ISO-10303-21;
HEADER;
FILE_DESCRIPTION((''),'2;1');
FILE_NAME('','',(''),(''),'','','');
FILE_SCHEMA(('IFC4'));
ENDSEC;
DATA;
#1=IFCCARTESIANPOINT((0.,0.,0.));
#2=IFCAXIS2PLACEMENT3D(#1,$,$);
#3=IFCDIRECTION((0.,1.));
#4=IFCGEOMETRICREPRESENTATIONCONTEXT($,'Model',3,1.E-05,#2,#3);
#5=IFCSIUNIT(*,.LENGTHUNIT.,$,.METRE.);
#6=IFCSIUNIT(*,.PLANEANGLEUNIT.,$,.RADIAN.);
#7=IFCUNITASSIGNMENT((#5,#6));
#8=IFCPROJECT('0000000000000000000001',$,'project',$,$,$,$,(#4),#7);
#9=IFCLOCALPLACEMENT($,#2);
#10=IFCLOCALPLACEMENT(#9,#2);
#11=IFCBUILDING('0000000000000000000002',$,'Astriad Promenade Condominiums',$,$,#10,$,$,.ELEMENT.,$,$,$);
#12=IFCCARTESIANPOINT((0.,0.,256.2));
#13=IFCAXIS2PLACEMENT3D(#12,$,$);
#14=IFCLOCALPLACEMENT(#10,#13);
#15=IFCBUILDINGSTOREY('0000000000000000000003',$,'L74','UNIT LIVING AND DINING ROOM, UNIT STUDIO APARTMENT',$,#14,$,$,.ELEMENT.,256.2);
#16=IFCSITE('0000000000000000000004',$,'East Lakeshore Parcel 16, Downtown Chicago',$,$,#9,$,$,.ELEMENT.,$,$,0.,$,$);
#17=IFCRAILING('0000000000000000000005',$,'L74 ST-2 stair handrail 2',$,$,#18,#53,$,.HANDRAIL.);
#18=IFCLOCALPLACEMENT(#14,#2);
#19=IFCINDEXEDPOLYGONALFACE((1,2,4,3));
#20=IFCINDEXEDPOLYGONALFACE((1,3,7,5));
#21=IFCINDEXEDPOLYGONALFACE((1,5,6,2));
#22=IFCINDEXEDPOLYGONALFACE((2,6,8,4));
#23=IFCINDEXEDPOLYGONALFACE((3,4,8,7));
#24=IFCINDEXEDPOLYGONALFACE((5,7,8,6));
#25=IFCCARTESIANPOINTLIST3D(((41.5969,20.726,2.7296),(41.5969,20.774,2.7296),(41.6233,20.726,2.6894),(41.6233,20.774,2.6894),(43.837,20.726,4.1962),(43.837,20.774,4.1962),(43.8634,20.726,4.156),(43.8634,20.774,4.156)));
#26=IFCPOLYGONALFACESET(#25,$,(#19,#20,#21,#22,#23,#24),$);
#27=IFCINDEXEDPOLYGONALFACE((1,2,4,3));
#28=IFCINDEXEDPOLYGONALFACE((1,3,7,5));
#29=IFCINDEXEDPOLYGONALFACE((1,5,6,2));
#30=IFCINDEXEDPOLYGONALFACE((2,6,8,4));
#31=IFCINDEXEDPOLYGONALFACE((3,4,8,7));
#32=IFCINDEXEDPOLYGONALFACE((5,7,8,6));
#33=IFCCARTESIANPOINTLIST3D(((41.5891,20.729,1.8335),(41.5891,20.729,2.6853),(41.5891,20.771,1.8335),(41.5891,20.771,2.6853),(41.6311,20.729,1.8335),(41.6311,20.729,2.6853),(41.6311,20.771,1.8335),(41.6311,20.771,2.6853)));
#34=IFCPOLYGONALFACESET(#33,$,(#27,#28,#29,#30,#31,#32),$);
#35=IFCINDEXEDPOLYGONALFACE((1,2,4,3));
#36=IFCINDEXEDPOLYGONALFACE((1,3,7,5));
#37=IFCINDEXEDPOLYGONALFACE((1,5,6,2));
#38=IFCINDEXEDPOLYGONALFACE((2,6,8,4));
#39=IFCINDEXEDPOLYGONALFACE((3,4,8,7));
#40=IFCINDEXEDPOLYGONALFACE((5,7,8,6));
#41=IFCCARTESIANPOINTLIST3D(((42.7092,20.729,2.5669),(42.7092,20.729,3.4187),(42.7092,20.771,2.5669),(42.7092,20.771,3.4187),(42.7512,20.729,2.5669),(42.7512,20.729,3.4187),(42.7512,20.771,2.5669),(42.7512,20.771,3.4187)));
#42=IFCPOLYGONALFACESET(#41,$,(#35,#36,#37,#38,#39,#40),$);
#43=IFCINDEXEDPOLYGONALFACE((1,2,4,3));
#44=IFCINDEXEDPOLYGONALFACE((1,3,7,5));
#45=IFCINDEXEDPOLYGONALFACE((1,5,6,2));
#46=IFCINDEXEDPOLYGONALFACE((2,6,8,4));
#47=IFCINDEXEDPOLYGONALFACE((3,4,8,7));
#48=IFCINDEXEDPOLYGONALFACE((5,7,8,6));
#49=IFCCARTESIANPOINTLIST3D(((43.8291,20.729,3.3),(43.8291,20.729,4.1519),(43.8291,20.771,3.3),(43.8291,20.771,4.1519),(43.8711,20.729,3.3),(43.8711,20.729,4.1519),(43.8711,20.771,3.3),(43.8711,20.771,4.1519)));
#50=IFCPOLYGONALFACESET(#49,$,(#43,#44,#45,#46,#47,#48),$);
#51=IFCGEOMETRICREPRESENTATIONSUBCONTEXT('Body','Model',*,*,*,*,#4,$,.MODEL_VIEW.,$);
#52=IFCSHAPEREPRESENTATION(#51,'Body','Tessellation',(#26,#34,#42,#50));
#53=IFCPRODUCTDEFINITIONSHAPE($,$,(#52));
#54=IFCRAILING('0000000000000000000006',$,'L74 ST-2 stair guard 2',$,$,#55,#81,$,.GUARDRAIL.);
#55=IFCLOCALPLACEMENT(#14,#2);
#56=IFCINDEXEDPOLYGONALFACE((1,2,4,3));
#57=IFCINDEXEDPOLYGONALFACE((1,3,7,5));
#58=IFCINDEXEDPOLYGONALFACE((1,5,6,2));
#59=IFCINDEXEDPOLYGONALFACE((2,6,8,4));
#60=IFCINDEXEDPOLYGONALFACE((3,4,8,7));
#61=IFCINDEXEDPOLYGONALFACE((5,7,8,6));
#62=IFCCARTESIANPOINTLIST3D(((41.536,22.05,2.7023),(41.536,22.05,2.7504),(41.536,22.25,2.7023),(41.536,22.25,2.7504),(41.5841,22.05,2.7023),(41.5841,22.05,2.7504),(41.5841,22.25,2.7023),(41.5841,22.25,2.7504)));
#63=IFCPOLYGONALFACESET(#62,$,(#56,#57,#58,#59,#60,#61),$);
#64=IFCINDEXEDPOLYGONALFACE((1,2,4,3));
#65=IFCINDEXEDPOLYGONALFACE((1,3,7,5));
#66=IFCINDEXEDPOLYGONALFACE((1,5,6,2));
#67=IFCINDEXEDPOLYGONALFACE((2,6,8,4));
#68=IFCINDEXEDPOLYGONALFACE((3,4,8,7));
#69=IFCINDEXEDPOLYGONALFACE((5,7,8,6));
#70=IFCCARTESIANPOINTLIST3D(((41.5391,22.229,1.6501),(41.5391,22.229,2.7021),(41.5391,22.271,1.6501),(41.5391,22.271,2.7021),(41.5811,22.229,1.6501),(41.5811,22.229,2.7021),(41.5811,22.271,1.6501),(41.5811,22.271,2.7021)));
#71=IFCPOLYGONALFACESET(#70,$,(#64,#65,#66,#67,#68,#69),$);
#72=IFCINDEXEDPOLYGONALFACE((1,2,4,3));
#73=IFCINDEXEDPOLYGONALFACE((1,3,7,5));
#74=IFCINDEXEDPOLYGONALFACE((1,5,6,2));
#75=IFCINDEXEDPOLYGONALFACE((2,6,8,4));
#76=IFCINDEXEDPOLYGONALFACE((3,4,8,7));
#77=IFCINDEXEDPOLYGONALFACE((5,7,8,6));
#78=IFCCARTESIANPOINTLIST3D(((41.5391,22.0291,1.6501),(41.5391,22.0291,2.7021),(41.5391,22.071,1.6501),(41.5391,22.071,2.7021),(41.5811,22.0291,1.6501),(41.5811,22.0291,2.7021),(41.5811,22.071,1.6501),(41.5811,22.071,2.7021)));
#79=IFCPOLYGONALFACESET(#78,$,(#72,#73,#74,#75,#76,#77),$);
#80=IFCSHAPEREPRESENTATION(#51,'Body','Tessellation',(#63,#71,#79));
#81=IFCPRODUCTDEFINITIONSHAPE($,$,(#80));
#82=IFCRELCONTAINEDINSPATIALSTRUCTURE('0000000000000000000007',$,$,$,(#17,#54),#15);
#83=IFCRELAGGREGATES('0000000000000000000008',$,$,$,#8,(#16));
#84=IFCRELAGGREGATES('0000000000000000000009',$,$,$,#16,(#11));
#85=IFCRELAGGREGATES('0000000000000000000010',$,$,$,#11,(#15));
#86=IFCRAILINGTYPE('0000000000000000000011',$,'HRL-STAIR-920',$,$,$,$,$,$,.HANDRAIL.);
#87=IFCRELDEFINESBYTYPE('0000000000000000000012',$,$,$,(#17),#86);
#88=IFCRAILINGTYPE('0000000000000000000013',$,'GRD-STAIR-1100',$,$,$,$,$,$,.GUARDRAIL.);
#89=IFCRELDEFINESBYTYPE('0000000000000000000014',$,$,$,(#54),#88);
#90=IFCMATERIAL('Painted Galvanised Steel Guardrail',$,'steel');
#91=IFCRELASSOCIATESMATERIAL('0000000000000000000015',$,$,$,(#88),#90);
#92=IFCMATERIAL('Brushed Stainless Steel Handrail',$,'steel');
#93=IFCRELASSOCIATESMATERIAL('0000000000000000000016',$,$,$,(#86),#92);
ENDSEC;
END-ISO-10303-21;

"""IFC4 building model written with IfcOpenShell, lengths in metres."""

from ifc_helpers import new_model, si_unit, direction, frame, origin, origin_2d, place, context, subcontext, project, spatial, rectangle, extrude, source, transform, mapped, material, type_object, type_shapes, element, save


model = new_model("IFC4")

# Units and contexts
model_context = context("Model", 3, precision=1e-05, world=origin(), true_north=direction((0.0, 1.0)))
body_context = subcontext(model_context, "Body", "Model", "MODEL_VIEW")
ifc_project = project(units=[si_unit("LENGTHUNIT", "METRE"), si_unit("PLANEANGLEUNIT", "RADIAN")], contexts=[model_context])

# Site, building, storey
site_placement = place(None, origin())
site = spatial("IfcSite", under=ifc_project, at=site_placement, Name="East Lakeshore Parcel 16, Downtown Chicago", CompositionType="ELEMENT", RefElevation=0.0)
building_placement = place(site_placement, origin())
building = spatial("IfcBuilding", under=site, at=building_placement, Name="Astriad Promenade Condominiums", CompositionType="ELEMENT")
storey_placement = place(building_placement, frame((0.0, 0.0, 256.2)))
storey = spatial("IfcBuildingStorey", under=building, at=storey_placement, Name="L74", Description="UNIT LIVING AND DINING ROOM, UNIT STUDIO APARTMENT", CompositionType="ELEMENT", Elevation=256.2)

# Railings
ifc_material_1 = material(Name="Painted Galvanised Steel Guardrail", Category="steel")
railing_type_1 = type_object("IfcRailingType", Name="GRD-STAIR-1100", PredefinedType="GUARDRAIL", material=ifc_material_1)
ifc_material_2 = material(Name="Brushed Stainless Steel Handrail", Category="steel")
railing_type_2 = type_object("IfcRailingType", Name="HRL-STAIR-920", PredefinedType="HANDRAIL", material=ifc_material_2)
shared_shape_1 = source(origin(), body_context, "Body", "SweptSolid", [
    extrude(rectangle(XDim=0.0481, YDim=0.0481, at=origin_2d()), frame((0.0, 0.0, 0.876), z_axis=(0.836637, 0.0, 0.547758), x_axis=(0.0, 1.0, 0.0)), (0.0, 0.0, 1.0), 2.6775),
    extrude(rectangle(XDim=0.042, YDim=0.042, at=origin_2d()), origin(), (0.0, 0.0, 1.0), 0.8518),
    extrude(rectangle(XDim=0.042, YDim=0.042, at=origin_2d()), frame((1.1201, 0.0, 0.7334)), (0.0, 0.0, 1.0), 0.8518),
    extrude(rectangle(XDim=0.042, YDim=0.042, at=origin_2d()), frame((2.24, 0.0, 1.4666)), (0.0, 0.0, 1.0), 0.8518),
])
type_shapes(railing_type_2, [shared_shape_1])
railing_1_placement = place(storey_placement, frame((41.6101, 20.75, 1.8335)))
element("IfcRailing", 1, at=railing_1_placement, inside=storey, type_object=railing_type_2, Name="L74 ST-2 stair handrail 2", PredefinedType="HANDRAIL", context=body_context, shape_type="MappedRepresentation", body=[
    mapped(shared_shape_1, transform((0.0, 0.0, 0.0), scale=1.0)),
])
shared_shape_2 = source(origin(), body_context, "Body", "SweptSolid", [
    extrude(rectangle(XDim=0.0481, YDim=0.0481, at=origin_2d()), frame((0.0, 0.0, 1.0762), z_axis=(0.0, -1.0, 0.0), x_axis=(1.0, 0.0, 0.0)), (0.0, 0.0, 1.0), 0.2),
    extrude(rectangle(XDim=0.042, YDim=0.042, at=origin_2d()), origin(), (0.0, 0.0, 1.0), 1.052),
    extrude(rectangle(XDim=0.042, YDim=0.042, at=origin_2d()), frame((0.0, -0.2, 0.0)), (0.0, 0.0, 1.0), 1.052),
])
railing_2_placement = place(storey_placement, frame((41.5601, 22.25, 1.6501)))
element("IfcRailing", 2, at=railing_2_placement, inside=storey, type_object=railing_type_1, Name="L74 ST-2 stair guard 2", PredefinedType="GUARDRAIL", context=body_context, shape_type="MappedRepresentation", body=[
    mapped(shared_shape_2, transform((0.0, 0.0, 0.0), scale=1.0)),
])

save(model, "model.ifc")
